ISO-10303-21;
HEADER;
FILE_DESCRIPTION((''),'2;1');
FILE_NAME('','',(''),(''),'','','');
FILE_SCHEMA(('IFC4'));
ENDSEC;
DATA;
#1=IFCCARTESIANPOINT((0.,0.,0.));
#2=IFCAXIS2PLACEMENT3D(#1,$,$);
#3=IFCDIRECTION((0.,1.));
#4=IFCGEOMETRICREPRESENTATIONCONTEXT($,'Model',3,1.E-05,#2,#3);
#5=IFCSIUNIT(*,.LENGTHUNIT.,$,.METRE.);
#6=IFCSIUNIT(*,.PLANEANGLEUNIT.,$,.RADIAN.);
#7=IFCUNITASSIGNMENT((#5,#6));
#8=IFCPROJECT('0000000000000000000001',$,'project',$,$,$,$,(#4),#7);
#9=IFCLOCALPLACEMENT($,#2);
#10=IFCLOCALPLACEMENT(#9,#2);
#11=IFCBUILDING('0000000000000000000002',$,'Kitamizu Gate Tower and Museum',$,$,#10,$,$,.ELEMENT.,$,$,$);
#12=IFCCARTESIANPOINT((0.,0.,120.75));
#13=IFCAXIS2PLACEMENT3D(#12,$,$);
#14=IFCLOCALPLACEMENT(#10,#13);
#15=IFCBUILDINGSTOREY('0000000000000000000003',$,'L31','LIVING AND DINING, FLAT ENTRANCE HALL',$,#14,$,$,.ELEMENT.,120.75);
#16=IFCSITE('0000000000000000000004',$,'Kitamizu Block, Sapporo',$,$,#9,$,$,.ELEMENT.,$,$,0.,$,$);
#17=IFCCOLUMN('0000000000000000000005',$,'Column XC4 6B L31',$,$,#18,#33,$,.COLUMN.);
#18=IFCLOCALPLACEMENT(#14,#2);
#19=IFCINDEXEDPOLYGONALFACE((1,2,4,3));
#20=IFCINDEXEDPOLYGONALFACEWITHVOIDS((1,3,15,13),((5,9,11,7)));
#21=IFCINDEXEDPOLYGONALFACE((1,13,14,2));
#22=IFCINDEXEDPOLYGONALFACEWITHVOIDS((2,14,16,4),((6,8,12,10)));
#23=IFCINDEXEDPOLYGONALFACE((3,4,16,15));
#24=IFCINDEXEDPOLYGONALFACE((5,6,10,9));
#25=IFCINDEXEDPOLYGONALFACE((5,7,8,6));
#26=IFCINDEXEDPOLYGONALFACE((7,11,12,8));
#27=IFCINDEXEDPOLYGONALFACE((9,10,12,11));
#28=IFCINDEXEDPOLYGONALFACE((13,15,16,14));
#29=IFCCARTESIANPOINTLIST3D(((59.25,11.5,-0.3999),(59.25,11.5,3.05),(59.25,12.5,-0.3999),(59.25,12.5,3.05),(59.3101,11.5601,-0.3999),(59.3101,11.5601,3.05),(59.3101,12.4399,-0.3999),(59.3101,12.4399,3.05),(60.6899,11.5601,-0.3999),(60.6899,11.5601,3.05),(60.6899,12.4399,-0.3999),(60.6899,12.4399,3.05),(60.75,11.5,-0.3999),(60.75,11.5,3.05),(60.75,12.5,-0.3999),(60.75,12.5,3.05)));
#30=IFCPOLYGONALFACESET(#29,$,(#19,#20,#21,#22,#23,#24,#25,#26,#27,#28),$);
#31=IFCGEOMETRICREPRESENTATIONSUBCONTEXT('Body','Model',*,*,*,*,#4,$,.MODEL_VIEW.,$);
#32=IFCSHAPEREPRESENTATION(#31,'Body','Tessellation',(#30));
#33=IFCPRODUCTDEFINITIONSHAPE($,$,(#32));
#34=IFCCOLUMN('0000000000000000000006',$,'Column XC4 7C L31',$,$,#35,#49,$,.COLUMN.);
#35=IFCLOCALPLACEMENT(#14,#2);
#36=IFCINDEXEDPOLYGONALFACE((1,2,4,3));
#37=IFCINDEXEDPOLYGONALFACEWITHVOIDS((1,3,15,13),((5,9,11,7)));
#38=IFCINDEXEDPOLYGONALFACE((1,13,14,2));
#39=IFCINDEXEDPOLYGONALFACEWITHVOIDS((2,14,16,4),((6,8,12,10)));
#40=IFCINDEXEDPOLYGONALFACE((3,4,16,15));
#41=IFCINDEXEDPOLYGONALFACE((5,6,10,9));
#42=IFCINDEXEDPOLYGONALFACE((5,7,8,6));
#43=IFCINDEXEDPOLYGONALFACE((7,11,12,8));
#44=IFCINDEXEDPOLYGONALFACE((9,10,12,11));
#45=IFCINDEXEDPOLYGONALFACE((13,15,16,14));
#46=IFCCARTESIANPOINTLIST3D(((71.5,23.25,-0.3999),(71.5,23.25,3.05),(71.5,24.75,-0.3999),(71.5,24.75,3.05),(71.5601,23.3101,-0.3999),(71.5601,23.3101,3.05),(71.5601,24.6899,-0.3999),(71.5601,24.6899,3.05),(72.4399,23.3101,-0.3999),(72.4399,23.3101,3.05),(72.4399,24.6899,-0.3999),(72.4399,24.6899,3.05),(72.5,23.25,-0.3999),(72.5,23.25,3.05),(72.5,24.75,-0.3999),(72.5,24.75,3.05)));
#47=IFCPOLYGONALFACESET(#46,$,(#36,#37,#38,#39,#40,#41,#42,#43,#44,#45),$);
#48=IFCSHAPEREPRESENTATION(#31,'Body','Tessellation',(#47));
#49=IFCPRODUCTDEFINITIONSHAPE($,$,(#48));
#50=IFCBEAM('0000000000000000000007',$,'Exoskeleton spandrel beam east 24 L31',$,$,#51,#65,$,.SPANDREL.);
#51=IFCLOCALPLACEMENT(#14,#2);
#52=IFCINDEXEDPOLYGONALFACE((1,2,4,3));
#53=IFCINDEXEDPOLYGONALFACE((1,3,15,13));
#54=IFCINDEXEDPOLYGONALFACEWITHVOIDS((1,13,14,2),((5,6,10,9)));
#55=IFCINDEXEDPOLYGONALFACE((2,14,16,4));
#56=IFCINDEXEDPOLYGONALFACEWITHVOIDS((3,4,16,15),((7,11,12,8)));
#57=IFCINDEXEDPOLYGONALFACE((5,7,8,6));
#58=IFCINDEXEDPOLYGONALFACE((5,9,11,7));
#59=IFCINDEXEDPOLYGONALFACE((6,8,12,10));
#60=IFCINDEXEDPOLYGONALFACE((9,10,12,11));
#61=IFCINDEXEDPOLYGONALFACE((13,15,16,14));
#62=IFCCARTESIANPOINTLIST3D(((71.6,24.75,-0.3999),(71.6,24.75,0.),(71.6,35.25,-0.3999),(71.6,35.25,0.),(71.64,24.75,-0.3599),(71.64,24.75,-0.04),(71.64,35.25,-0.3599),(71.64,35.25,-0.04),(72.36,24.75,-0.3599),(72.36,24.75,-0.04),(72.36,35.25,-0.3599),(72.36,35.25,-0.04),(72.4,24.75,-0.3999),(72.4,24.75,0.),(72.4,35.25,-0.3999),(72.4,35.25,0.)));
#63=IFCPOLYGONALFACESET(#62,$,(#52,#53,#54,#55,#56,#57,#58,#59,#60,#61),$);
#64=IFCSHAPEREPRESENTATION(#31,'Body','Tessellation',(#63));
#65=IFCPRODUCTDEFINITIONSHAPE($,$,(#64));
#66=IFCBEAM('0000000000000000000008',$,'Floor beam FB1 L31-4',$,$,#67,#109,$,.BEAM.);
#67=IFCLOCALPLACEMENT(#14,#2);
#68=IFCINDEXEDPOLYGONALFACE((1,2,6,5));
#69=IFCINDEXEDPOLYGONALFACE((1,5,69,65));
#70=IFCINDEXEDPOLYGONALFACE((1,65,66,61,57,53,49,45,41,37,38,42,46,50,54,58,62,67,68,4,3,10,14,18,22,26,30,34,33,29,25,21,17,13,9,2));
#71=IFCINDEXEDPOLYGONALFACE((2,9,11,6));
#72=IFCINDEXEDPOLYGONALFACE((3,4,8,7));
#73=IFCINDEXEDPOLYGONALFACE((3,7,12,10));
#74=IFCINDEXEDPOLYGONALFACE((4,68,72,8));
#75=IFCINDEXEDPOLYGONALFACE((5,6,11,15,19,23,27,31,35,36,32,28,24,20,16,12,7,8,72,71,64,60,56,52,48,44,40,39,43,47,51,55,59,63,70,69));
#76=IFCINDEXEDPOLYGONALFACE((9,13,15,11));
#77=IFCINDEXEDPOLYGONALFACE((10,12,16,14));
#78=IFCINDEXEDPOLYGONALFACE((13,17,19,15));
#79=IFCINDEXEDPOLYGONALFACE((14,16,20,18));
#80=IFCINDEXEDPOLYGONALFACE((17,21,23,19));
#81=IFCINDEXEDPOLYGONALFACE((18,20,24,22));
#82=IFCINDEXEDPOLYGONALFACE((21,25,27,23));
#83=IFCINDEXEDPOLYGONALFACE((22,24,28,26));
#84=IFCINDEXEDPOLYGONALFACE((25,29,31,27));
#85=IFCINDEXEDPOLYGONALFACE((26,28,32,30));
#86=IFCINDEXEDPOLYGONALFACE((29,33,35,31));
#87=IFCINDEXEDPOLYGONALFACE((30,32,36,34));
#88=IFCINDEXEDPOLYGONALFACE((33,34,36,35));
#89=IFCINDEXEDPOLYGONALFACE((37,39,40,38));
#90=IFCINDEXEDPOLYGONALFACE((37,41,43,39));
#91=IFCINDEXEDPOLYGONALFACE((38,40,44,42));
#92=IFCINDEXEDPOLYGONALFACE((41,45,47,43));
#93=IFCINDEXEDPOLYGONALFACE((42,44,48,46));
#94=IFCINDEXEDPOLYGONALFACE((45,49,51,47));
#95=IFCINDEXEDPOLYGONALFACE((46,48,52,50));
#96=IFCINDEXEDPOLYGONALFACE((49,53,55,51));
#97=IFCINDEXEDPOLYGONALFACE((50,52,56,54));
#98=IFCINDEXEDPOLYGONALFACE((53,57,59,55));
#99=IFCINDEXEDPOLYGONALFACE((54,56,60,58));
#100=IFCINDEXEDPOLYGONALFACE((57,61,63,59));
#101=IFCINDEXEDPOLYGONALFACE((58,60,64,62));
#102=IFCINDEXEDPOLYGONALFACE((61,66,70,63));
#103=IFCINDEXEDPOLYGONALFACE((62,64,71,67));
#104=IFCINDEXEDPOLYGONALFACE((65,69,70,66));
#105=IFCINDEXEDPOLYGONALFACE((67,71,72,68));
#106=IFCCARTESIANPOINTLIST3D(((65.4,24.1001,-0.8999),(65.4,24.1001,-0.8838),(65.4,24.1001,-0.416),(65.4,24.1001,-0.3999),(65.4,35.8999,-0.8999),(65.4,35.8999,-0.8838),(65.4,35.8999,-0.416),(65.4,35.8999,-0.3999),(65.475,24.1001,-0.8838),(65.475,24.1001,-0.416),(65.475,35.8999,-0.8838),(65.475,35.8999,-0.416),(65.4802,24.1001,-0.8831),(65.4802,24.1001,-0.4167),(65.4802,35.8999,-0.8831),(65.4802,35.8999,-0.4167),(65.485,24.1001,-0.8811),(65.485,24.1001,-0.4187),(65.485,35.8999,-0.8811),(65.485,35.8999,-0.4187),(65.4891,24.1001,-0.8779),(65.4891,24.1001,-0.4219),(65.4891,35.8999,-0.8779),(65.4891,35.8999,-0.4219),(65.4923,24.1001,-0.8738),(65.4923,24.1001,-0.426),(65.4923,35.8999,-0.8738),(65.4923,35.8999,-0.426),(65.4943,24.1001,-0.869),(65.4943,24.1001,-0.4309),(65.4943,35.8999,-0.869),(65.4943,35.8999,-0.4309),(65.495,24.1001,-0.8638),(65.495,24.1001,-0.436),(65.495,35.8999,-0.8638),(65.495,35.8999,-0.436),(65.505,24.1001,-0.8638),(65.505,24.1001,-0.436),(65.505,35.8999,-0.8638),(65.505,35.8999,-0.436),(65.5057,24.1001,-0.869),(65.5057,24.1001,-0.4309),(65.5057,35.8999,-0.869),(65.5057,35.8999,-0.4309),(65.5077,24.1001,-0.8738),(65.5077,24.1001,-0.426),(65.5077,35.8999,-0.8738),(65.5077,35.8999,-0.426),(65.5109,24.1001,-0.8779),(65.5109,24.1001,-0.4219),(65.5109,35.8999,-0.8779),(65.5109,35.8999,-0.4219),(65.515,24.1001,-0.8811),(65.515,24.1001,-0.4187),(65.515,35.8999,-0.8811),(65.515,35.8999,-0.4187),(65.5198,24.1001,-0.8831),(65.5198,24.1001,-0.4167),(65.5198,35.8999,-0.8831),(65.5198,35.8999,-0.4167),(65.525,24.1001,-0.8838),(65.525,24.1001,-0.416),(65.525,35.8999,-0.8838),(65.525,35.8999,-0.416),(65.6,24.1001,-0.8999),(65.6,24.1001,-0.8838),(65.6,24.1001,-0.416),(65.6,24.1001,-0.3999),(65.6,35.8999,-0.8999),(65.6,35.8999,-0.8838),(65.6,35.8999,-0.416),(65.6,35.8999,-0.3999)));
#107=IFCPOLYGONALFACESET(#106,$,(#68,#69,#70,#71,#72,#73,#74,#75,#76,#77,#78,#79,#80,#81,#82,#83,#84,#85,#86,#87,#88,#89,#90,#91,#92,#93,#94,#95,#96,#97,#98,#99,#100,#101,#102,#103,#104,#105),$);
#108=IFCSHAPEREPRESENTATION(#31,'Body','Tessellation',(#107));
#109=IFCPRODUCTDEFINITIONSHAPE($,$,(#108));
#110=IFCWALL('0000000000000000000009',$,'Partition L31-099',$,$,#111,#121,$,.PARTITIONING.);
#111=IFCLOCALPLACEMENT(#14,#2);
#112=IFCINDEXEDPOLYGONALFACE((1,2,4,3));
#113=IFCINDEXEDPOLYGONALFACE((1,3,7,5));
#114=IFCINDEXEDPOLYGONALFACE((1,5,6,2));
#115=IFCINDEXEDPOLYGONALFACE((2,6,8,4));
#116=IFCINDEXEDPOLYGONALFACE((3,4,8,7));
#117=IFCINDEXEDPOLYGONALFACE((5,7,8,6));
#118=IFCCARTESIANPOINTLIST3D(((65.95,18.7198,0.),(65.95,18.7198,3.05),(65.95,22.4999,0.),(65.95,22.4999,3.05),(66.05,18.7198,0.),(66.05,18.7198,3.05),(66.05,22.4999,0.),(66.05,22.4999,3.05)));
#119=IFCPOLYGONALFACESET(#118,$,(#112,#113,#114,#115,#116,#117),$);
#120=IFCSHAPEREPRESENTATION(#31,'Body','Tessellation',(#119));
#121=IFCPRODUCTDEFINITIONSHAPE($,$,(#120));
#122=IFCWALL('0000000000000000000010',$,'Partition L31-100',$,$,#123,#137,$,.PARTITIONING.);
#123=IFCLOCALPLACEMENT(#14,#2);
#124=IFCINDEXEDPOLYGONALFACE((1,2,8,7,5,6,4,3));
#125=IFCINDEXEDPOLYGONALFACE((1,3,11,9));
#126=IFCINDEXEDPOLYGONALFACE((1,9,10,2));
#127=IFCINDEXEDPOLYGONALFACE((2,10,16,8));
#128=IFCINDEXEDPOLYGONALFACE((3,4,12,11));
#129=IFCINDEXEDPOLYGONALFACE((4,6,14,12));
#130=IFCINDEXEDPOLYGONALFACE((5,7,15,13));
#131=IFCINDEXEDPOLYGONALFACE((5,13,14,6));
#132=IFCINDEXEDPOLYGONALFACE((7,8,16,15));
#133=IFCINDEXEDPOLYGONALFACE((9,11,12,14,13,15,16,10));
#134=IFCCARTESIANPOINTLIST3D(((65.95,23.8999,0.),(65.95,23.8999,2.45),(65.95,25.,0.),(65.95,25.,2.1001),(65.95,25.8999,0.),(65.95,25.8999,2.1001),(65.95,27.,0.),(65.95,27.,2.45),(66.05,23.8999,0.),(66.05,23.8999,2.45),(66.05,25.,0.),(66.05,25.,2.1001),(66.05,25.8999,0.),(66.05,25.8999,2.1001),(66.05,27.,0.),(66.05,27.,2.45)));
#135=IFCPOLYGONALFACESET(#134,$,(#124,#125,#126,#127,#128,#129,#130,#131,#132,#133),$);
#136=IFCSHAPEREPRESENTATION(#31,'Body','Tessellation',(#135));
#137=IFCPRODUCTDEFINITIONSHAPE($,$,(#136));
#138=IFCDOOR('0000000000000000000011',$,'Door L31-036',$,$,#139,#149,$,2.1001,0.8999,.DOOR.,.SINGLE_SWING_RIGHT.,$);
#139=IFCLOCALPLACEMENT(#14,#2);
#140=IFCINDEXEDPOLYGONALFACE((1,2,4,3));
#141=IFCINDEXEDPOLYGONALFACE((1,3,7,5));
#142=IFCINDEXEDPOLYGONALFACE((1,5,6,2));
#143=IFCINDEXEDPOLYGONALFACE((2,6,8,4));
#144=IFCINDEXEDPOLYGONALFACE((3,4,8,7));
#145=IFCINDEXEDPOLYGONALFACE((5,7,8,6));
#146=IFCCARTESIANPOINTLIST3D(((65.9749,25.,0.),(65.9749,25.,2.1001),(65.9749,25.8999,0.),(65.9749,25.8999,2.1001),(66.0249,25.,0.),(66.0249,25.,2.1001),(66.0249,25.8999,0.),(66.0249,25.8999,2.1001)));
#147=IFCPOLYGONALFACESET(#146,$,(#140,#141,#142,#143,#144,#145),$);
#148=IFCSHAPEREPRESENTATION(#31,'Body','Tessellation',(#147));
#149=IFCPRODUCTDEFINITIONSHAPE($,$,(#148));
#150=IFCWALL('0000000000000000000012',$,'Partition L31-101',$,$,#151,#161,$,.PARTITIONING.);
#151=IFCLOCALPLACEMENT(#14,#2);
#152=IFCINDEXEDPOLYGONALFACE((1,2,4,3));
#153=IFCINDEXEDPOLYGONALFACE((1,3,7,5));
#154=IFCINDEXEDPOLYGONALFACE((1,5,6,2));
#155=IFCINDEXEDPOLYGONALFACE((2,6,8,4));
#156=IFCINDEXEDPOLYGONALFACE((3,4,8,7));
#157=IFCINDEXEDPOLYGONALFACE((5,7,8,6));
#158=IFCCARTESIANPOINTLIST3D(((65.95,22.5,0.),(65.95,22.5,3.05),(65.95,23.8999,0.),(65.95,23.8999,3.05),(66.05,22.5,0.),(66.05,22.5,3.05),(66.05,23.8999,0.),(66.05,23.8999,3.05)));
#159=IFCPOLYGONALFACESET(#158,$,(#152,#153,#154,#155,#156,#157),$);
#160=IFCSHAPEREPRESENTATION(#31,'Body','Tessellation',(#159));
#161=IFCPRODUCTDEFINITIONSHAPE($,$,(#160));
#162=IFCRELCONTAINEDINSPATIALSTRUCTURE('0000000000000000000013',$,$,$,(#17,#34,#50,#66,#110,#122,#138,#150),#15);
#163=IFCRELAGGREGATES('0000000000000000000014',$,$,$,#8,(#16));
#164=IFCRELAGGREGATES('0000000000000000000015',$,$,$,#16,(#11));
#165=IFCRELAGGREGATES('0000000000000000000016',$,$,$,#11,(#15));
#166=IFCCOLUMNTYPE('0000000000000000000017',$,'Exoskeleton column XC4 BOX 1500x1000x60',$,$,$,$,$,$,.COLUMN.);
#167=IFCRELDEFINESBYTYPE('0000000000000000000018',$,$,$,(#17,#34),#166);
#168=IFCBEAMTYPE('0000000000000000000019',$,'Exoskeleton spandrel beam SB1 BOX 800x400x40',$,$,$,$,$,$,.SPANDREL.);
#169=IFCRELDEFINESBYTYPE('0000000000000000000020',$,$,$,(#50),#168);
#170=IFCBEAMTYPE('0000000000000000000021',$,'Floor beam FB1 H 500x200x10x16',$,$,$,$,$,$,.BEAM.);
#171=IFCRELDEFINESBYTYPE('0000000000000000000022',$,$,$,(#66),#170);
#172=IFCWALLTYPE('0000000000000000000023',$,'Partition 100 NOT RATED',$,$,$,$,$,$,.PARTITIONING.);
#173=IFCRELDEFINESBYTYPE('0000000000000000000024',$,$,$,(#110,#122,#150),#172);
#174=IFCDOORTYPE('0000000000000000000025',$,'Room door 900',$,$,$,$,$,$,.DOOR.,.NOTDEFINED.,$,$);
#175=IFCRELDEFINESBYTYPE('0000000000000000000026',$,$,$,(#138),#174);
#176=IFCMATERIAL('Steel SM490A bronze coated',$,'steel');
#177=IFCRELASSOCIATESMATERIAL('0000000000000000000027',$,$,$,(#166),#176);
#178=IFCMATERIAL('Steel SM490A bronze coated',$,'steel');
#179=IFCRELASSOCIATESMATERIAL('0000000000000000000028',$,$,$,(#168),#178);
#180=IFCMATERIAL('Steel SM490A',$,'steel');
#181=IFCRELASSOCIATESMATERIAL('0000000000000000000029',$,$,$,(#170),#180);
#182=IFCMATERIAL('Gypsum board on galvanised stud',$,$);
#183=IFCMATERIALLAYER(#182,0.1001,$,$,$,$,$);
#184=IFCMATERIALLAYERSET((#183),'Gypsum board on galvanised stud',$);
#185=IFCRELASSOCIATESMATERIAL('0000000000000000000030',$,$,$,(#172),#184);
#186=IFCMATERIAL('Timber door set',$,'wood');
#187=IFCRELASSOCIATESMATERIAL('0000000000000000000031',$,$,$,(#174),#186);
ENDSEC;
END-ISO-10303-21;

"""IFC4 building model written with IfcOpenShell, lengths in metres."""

from ifc_helpers import new_model, si_unit, direction, frame, frame_2d, origin, origin_2d, place, context, subcontext, project, spatial, rectangle, hollow_rectangle, i_section, extrude, material, layer, layer_set, material_profile, profile_set, type_object, element, fill, save


model = new_model("IFC4")

# Units and contexts
model_context = context("Model", 3, precision=1e-05, world=origin(), true_north=direction((0.0, 1.0)))
body_context = subcontext(model_context, "Body", "Model", "MODEL_VIEW")
ifc_project = project(units=[si_unit("LENGTHUNIT", "METRE"), si_unit("PLANEANGLEUNIT", "RADIAN")], contexts=[model_context])

# Site, building, storey
site_placement = place(None, origin())
site = spatial("IfcSite", under=ifc_project, at=site_placement, Name="Kitamizu Block, Sapporo", CompositionType="ELEMENT", RefElevation=0.0)
building_placement = place(site_placement, origin())
building = spatial("IfcBuilding", under=site, at=building_placement, Name="Kitamizu Gate Tower and Museum", CompositionType="ELEMENT")
storey_placement = place(building_placement, frame((0.0, 0.0, 120.75)))
storey = spatial("IfcBuildingStorey", under=building, at=storey_placement, Name="L31", Description="LIVING AND DINING, FLAT ENTRANCE HALL", CompositionType="ELEMENT", Elevation=120.75)

# Columns
ifc_material_1 = material(Name="Steel SM490A bronze coated", Category="steel")
ifc_material_profile_1 = material_profile(ifc_material_1, hollow_rectangle(XDim=1.5, YDim=1.0, WallThickness=0.0601, at=origin_2d()), Name="BOX 1500x1000x60")
ifc_profile_set_1 = profile_set([ifc_material_profile_1], Name="Steel SM490A bronze coated")
column_type = type_object("IfcColumnType", Name="Exoskeleton column XC4 BOX 1500x1000x60", PredefinedType="COLUMN", material=ifc_profile_set_1)
for number, where, z_axis, x_axis, name in (
    (1, (60.0, 12.0, -0.3999), (0.0, 0.0, 1.0), (1.0, 0.0, 0.0), "Column XC4 6B L31"),
    (2, (72.0, 24.0, -0.3999), (0.0, 0.0, 1.0), (0.0, 1.0, 0.0), "Column XC4 7C L31"),
):
    element("IfcColumn", number, at=place(storey_placement, frame(where, z_axis=z_axis, x_axis=x_axis)), inside=storey, type_object=column_type, Name=name, PredefinedType="COLUMN", context=body_context, shape_type="SweptSolid", body=[
        extrude(hollow_rectangle(XDim=1.5, YDim=1.0, WallThickness=0.0601, at=origin_2d()), origin(), (0.0, 0.0, 1.0), 3.45),
    ])

# Beams
ifc_material_2 = material(Name="Steel SM490A bronze coated", Category="steel")
ifc_material_profile_2 = material_profile(ifc_material_2, hollow_rectangle(XDim=0.8, YDim=0.3999, WallThickness=0.04, at=origin_2d()), Name="BOX 800x400x40")
ifc_profile_set_2 = profile_set([ifc_material_profile_2], Name="Steel SM490A bronze coated")
beam_type_1 = type_object("IfcBeamType", Name="Exoskeleton spandrel beam SB1 BOX 800x400x40", PredefinedType="SPANDREL", material=ifc_profile_set_2)
beam_1_placement = place(storey_placement, frame((72.0, 24.75, -0.2), z_axis=(0.0, 1.0, 0.0), x_axis=(-1.0, 0.0, 0.0)))
element("IfcBeam", 3, at=beam_1_placement, inside=storey, type_object=beam_type_1, Name="Exoskeleton spandrel beam east 24 L31", PredefinedType="SPANDREL", context=body_context, shape_type="SweptSolid", body=[
    extrude(hollow_rectangle(XDim=0.8, YDim=0.3999, WallThickness=0.04, at=origin_2d()), origin(), (0.0, 0.0, 1.0), 10.5),
])
ifc_material_3 = material(Name="Steel SM490A", Category="steel")
ifc_material_profile_3 = material_profile(ifc_material_3, i_section(OverallWidth=0.2, OverallDepth=0.5, WebThickness=0.01, FlangeThickness=0.0161, FilletRadius=0.02, at=origin_2d()), Name="H-500x200x10x16")
ifc_profile_set_3 = profile_set([ifc_material_profile_3], Name="Steel SM490A")
beam_type_2 = type_object("IfcBeamType", Name="Floor beam FB1 H 500x200x10x16", PredefinedType="BEAM", material=ifc_profile_set_3)
beam_2_placement = place(storey_placement, frame((65.5, 24.1001, -0.6499), z_axis=(0.0, 1.0, 0.0), x_axis=(-1.0, 0.0, 0.0)))
element("IfcBeam", 4, at=beam_2_placement, inside=storey, type_object=beam_type_2, Name="Floor beam FB1 L31-4", PredefinedType="BEAM", context=body_context, shape_type="SweptSolid", body=[
    extrude(i_section(OverallWidth=0.2, OverallDepth=0.5, WebThickness=0.01, FlangeThickness=0.0161, FilletRadius=0.02, at=origin_2d()), origin(), (0.0, 0.0, 1.0), 11.7998),
])

# Wall
ifc_material_4 = material(Name="Gypsum board on galvanised stud")
ifc_layer_1 = layer(ifc_material_4, 0.1001)
ifc_layer_set_1 = layer_set([ifc_layer_1], Name="Gypsum board on galvanised stud")
wall_type_1 = type_object("IfcWallType", Name="Partition 100 NOT RATED", PredefinedType="PARTITIONING", material=ifc_layer_set_1)
wall_1_placement = place(storey_placement, frame((66.0, 22.5, 0.0), z_axis=(0.0, 0.0, 1.0), x_axis=(0.0, -1.0, 0.0)))
element("IfcWall", 5, at=wall_1_placement, inside=storey, type_object=wall_type_1, Name="Partition L31-099", PredefinedType="PARTITIONING", context=body_context, shape_type="SweptSolid", body=[
    extrude(rectangle(XDim=3.78, YDim=0.1001, at=frame_2d((1.8901, 0.0))), origin(), (0.0, 0.0, 1.0), 3.05),
])

# Wall, opening, door
wall_2_placement = place(storey_placement, frame((66.0, 27.0, 0.0), z_axis=(0.0, 0.0, 1.0), x_axis=(0.0, -1.0, 0.0)))
wall_2 = element("IfcWall", 6, at=wall_2_placement, inside=storey, type_object=wall_type_1, Name="Partition L31-100", PredefinedType="PARTITIONING", context=body_context, shape_type="SweptSolid", body=[
    extrude(rectangle(XDim=3.1001, YDim=0.1001, at=frame_2d((1.55, 0.0))), origin(), (0.0, 0.0, 1.0), 2.45),
])
opening_1_placement = place(wall_2_placement, frame((1.1001, 0.0, 0.0)))
opening_1 = element("IfcOpeningElement", 7, at=opening_1_placement, cuts=wall_2, PredefinedType="OPENING", context=body_context, shape_type="SweptSolid", body=[
    extrude(rectangle(XDim=0.8999, YDim=2.1001, at=frame_2d((0.45, 1.05))), frame((0.0, 0.0601, 0.0), z_axis=(0.0, -1.0, 0.0), x_axis=(1.0, 0.0, 0.0)), (0.0, 0.0, 1.0), 0.1201),
])
ifc_material_5 = material(Name="Timber door set", Category="wood")
door_type_1 = type_object("IfcDoorType", Name="Room door 900", OperationType="NOTDEFINED", PredefinedType="DOOR", material=ifc_material_5)
door_1_placement = place(opening_1_placement, origin())
door_1 = element("IfcDoor", 8, at=door_1_placement, inside=storey, type_object=door_type_1, Name="Door L31-036", OperationType="SINGLE_SWING_RIGHT", OverallHeight=2.1001, OverallWidth=0.8999, PredefinedType="DOOR", context=body_context, shape_type="SweptSolid", body=[
    extrude(rectangle(XDim=0.8999, YDim=2.1001, at=frame_2d((0.45, 1.05))), frame((0.0, 0.0249, 0.0), z_axis=(0.0, -1.0, 0.0), x_axis=(1.0, 0.0, 0.0)), (0.0, 0.0, 1.0), 0.05),
])
fill(opening_1, door_1)

# Wall
wall_3_placement = place(storey_placement, frame((66.0, 23.8999, 0.0), z_axis=(0.0, 0.0, 1.0), x_axis=(0.0, -1.0, 0.0)))
element("IfcWall", 9, at=wall_3_placement, inside=storey, type_object=wall_type_1, Name="Partition L31-101", PredefinedType="PARTITIONING", context=body_context, shape_type="SweptSolid", body=[
    extrude(rectangle(XDim=1.3999, YDim=0.1001, at=frame_2d((0.7, 0.0))), origin(), (0.0, 0.0, 1.0), 3.05),
])

save(model, "model.ifc")
